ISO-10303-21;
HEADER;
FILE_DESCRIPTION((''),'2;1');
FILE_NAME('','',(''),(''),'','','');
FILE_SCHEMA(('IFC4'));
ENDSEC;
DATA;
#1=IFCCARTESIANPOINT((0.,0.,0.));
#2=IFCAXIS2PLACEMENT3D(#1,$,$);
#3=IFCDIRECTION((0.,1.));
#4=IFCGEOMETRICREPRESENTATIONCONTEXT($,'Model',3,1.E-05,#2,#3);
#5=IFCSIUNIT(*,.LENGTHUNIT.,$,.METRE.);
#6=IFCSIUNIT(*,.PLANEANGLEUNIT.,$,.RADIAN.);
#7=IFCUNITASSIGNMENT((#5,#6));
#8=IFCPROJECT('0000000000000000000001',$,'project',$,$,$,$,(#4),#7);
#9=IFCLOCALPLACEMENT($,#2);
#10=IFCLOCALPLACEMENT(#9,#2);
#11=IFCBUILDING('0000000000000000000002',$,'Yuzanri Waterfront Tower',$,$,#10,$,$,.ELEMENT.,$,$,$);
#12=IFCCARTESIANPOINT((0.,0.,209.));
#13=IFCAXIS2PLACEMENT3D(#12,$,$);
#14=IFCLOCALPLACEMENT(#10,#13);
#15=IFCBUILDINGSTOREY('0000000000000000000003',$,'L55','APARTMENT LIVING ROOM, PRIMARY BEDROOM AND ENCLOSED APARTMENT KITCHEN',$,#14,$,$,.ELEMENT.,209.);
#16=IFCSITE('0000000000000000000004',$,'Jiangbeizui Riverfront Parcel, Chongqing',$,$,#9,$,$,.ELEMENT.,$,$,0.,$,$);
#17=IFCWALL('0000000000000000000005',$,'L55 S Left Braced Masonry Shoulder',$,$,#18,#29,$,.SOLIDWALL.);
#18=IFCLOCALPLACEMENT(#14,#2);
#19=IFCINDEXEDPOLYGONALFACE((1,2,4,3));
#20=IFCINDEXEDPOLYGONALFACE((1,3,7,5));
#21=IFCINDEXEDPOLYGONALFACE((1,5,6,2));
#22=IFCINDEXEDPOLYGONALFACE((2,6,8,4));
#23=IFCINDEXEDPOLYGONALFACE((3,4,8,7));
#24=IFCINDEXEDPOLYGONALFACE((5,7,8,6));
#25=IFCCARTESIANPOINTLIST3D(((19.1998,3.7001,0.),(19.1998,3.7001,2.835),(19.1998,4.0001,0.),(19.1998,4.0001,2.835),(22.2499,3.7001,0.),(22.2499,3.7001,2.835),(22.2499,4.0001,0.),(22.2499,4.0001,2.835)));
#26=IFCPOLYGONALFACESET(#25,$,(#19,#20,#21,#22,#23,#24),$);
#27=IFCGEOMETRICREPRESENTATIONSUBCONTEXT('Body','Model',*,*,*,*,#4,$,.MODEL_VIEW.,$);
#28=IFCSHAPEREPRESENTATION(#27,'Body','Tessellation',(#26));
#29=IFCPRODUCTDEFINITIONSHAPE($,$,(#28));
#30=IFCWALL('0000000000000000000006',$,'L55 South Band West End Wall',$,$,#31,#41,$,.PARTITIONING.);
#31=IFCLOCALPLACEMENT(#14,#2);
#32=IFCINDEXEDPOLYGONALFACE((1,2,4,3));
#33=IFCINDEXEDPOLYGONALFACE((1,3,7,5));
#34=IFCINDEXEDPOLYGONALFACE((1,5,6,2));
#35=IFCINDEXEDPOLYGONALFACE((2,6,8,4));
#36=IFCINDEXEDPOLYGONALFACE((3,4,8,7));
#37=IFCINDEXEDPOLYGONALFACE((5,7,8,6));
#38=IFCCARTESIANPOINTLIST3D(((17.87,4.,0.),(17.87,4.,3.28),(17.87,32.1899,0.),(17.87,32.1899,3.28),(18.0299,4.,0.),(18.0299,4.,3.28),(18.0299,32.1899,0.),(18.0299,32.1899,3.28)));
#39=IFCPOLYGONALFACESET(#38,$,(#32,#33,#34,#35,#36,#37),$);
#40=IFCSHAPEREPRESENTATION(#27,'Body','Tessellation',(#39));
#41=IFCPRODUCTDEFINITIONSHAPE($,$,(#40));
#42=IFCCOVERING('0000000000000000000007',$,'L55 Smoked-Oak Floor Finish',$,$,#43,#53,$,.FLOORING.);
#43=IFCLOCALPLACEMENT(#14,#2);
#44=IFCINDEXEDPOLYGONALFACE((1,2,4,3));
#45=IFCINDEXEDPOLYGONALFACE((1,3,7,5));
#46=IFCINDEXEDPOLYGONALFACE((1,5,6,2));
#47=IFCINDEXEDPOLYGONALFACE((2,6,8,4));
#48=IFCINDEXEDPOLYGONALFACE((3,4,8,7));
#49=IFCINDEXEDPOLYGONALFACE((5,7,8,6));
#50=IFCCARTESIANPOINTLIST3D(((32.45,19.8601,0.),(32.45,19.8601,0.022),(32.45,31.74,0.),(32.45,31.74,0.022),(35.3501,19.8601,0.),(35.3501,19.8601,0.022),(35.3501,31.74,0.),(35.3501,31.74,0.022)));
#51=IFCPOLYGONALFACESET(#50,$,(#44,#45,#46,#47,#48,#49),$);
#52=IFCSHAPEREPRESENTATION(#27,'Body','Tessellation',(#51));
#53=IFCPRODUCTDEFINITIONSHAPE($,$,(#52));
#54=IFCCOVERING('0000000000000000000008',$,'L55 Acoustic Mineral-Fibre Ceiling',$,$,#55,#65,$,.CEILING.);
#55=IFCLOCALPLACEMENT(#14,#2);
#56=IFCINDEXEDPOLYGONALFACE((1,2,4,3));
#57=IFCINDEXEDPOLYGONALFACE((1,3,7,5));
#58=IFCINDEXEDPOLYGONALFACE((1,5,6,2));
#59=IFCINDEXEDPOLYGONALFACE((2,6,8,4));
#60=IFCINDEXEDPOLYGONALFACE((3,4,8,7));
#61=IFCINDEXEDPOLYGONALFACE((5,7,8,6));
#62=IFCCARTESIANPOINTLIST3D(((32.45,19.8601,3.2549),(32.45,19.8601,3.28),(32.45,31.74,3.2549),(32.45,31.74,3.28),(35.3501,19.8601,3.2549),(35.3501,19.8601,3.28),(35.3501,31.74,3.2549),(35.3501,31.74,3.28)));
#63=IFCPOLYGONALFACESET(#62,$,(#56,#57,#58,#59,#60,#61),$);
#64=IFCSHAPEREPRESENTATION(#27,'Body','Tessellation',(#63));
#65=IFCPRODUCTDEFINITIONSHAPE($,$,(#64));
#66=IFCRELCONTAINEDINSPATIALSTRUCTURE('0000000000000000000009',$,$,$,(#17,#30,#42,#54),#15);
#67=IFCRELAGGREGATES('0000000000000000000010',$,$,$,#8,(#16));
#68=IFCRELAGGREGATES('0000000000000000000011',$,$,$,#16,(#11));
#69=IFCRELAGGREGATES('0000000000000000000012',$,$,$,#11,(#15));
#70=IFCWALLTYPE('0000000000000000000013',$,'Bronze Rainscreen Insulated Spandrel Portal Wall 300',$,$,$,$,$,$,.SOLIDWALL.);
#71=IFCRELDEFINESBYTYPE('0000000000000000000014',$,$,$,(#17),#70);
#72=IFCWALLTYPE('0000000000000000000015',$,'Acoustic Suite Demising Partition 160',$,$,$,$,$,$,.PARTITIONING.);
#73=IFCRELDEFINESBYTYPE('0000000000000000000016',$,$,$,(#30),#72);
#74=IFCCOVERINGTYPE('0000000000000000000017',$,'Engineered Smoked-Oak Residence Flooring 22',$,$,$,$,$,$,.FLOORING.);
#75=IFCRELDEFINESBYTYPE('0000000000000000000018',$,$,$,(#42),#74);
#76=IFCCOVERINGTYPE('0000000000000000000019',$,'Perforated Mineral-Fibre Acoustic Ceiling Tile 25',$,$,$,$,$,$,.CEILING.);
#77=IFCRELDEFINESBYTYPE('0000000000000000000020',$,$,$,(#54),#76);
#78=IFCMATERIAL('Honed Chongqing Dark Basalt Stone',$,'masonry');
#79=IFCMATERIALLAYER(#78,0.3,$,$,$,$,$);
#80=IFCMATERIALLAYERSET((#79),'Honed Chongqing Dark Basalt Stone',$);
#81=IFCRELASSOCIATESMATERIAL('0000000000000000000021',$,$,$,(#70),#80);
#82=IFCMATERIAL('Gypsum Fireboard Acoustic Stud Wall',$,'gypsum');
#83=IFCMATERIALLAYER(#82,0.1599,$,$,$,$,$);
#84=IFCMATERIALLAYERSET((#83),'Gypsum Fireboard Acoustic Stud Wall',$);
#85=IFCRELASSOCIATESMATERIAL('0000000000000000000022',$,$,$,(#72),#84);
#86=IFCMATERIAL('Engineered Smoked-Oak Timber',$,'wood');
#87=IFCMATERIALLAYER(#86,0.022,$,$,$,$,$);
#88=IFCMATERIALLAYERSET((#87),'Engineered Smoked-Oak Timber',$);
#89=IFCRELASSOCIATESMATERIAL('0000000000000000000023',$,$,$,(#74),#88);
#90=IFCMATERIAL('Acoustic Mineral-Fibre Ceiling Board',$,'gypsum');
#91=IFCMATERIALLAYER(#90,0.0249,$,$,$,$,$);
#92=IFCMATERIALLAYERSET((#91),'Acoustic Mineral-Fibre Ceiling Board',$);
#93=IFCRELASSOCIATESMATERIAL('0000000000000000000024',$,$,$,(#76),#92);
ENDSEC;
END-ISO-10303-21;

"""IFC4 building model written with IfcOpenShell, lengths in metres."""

from ifc_helpers import new_model, si_unit, direction, frame, frame_2d, origin, place, context, subcontext, project, spatial, polyline, rectangle, outline, extrude, source, transform, mapped, material, layer, layer_set, type_object, element, save


model = new_model("IFC4")

# Units and contexts
model_context = context("Model", 3, precision=1e-05, world=origin(), true_north=direction((0.0, 1.0)))
body_context = subcontext(model_context, "Body", "Model", "MODEL_VIEW")
ifc_project = project(units=[si_unit("LENGTHUNIT", "METRE"), si_unit("PLANEANGLEUNIT", "RADIAN")], contexts=[model_context])

# Site, building, storey
site_placement = place(None, origin())
site = spatial("IfcSite", under=ifc_project, at=site_placement, Name="Jiangbeizui Riverfront Parcel, Chongqing", CompositionType="ELEMENT", RefElevation=0.0)
building_placement = place(site_placement, origin())
building = spatial("IfcBuilding", under=site, at=building_placement, Name="Yuzanri Waterfront Tower", CompositionType="ELEMENT")
storey_placement = place(building_placement, frame((0.0, 0.0, 209.0)))
storey = spatial("IfcBuildingStorey", under=building, at=storey_placement, Name="L55", Description="APARTMENT LIVING ROOM, PRIMARY BEDROOM AND ENCLOSED APARTMENT KITCHEN", CompositionType="ELEMENT", Elevation=209.0)

# Shared definitions
ifc_material_1 = material(Name="Honed Chongqing Dark Basalt Stone", Category="masonry")
ifc_layer_1 = layer(ifc_material_1, 0.3)
ifc_layer_set_1 = layer_set([ifc_layer_1], Name="Honed Chongqing Dark Basalt Stone")
wall_type_1 = type_object("IfcWallType", Name="Bronze Rainscreen Insulated Spandrel Portal Wall 300", PredefinedType="SOLIDWALL", material=ifc_layer_set_1)

# Walls
shared_shape_1 = source(origin(), body_context, "Body", "SweptSolid", [
    extrude(rectangle(XDim=3.05, YDim=0.3, at=frame_2d((1.5249, 0.0))), origin(), (0.0, 0.0, 1.0), 2.835),
])
wall_1_placement = place(storey_placement, frame((19.2, 3.8501, 0.0), z_axis=(0.0, 0.0, 1.0), x_axis=(1.0, 0.0, 0.0)))
element("IfcWall", 1, at=wall_1_placement, inside=storey, type_object=wall_type_1, Name="L55 S Left Braced Masonry Shoulder", PredefinedType="SOLIDWALL", context=body_context, shape_type="MappedRepresentation", body=[
    mapped(shared_shape_1, transform((0.0, 0.0, 0.0), scale=1.0)),
])
ifc_material_2 = material(Name="Gypsum Fireboard Acoustic Stud Wall", Category="gypsum")
ifc_layer_2 = layer(ifc_material_2, 0.1599)
ifc_layer_set_2 = layer_set([ifc_layer_2], Name="Gypsum Fireboard Acoustic Stud Wall")
wall_type_2 = type_object("IfcWallType", Name="Acoustic Suite Demising Partition 160", PredefinedType="PARTITIONING", material=ifc_layer_set_2)
shared_shape_2 = source(origin(), body_context, "Body", "SweptSolid", [
    extrude(rectangle(XDim=28.1899, YDim=0.1599, at=frame_2d((14.095, 0.0))), origin(), (0.0, 0.0, 1.0), 3.28),
])
wall_2_placement = place(storey_placement, frame((17.95, 4.0, 0.0), z_axis=(0.0, 0.0, 1.0), x_axis=(0.0, 1.0, 0.0)))
element("IfcWall", 2, at=wall_2_placement, inside=storey, type_object=wall_type_2, Name="L55 South Band West End Wall", PredefinedType="PARTITIONING", context=body_context, shape_type="MappedRepresentation", body=[
    mapped(shared_shape_2, transform((0.0, 0.0, 0.0), scale=1.0)),
])

# Coverings
ifc_material_3 = material(Name="Engineered Smoked-Oak Timber", Category="wood")
ifc_layer_3 = layer(ifc_material_3, 0.022)
ifc_layer_set_3 = layer_set([ifc_layer_3], Name="Engineered Smoked-Oak Timber")
covering_type_1 = type_object("IfcCoveringType", Name="Engineered Smoked-Oak Residence Flooring 22", PredefinedType="FLOORING", material=ifc_layer_set_3)
covering_1_placement = place(storey_placement, origin())
element("IfcCovering", 3, at=covering_1_placement, inside=storey, type_object=covering_type_1, Name="L55 Smoked-Oak Floor Finish", PredefinedType="FLOORING", context=body_context, shape_type="SweptSolid", body=[
    extrude(outline(polyline([(32.45, 19.8601), (35.3501, 19.8601), (35.3501, 31.74), (32.45, 31.74), (32.45, 19.8601)])), origin(), (0.0, 0.0, 1.0), 0.022),
])
ifc_material_4 = material(Name="Acoustic Mineral-Fibre Ceiling Board", Category="gypsum")
ifc_layer_4 = layer(ifc_material_4, 0.0249)
ifc_layer_set_4 = layer_set([ifc_layer_4], Name="Acoustic Mineral-Fibre Ceiling Board")
covering_type_2 = type_object("IfcCoveringType", Name="Perforated Mineral-Fibre Acoustic Ceiling Tile 25", PredefinedType="CEILING", material=ifc_layer_set_4)
covering_2_placement = place(storey_placement, frame((0.0, 0.0, 3.2549)))
element("IfcCovering", 4, at=covering_2_placement, inside=storey, type_object=covering_type_2, Name="L55 Acoustic Mineral-Fibre Ceiling", PredefinedType="CEILING", context=body_context, shape_type="SweptSolid", body=[
    extrude(outline(polyline([(32.45, 19.8601), (35.3501, 19.8601), (35.3501, 31.74), (32.45, 31.74), (32.45, 19.8601)])), origin(), (0.0, 0.0, 1.0), 0.0251),
])

save(model, "model.ifc")
